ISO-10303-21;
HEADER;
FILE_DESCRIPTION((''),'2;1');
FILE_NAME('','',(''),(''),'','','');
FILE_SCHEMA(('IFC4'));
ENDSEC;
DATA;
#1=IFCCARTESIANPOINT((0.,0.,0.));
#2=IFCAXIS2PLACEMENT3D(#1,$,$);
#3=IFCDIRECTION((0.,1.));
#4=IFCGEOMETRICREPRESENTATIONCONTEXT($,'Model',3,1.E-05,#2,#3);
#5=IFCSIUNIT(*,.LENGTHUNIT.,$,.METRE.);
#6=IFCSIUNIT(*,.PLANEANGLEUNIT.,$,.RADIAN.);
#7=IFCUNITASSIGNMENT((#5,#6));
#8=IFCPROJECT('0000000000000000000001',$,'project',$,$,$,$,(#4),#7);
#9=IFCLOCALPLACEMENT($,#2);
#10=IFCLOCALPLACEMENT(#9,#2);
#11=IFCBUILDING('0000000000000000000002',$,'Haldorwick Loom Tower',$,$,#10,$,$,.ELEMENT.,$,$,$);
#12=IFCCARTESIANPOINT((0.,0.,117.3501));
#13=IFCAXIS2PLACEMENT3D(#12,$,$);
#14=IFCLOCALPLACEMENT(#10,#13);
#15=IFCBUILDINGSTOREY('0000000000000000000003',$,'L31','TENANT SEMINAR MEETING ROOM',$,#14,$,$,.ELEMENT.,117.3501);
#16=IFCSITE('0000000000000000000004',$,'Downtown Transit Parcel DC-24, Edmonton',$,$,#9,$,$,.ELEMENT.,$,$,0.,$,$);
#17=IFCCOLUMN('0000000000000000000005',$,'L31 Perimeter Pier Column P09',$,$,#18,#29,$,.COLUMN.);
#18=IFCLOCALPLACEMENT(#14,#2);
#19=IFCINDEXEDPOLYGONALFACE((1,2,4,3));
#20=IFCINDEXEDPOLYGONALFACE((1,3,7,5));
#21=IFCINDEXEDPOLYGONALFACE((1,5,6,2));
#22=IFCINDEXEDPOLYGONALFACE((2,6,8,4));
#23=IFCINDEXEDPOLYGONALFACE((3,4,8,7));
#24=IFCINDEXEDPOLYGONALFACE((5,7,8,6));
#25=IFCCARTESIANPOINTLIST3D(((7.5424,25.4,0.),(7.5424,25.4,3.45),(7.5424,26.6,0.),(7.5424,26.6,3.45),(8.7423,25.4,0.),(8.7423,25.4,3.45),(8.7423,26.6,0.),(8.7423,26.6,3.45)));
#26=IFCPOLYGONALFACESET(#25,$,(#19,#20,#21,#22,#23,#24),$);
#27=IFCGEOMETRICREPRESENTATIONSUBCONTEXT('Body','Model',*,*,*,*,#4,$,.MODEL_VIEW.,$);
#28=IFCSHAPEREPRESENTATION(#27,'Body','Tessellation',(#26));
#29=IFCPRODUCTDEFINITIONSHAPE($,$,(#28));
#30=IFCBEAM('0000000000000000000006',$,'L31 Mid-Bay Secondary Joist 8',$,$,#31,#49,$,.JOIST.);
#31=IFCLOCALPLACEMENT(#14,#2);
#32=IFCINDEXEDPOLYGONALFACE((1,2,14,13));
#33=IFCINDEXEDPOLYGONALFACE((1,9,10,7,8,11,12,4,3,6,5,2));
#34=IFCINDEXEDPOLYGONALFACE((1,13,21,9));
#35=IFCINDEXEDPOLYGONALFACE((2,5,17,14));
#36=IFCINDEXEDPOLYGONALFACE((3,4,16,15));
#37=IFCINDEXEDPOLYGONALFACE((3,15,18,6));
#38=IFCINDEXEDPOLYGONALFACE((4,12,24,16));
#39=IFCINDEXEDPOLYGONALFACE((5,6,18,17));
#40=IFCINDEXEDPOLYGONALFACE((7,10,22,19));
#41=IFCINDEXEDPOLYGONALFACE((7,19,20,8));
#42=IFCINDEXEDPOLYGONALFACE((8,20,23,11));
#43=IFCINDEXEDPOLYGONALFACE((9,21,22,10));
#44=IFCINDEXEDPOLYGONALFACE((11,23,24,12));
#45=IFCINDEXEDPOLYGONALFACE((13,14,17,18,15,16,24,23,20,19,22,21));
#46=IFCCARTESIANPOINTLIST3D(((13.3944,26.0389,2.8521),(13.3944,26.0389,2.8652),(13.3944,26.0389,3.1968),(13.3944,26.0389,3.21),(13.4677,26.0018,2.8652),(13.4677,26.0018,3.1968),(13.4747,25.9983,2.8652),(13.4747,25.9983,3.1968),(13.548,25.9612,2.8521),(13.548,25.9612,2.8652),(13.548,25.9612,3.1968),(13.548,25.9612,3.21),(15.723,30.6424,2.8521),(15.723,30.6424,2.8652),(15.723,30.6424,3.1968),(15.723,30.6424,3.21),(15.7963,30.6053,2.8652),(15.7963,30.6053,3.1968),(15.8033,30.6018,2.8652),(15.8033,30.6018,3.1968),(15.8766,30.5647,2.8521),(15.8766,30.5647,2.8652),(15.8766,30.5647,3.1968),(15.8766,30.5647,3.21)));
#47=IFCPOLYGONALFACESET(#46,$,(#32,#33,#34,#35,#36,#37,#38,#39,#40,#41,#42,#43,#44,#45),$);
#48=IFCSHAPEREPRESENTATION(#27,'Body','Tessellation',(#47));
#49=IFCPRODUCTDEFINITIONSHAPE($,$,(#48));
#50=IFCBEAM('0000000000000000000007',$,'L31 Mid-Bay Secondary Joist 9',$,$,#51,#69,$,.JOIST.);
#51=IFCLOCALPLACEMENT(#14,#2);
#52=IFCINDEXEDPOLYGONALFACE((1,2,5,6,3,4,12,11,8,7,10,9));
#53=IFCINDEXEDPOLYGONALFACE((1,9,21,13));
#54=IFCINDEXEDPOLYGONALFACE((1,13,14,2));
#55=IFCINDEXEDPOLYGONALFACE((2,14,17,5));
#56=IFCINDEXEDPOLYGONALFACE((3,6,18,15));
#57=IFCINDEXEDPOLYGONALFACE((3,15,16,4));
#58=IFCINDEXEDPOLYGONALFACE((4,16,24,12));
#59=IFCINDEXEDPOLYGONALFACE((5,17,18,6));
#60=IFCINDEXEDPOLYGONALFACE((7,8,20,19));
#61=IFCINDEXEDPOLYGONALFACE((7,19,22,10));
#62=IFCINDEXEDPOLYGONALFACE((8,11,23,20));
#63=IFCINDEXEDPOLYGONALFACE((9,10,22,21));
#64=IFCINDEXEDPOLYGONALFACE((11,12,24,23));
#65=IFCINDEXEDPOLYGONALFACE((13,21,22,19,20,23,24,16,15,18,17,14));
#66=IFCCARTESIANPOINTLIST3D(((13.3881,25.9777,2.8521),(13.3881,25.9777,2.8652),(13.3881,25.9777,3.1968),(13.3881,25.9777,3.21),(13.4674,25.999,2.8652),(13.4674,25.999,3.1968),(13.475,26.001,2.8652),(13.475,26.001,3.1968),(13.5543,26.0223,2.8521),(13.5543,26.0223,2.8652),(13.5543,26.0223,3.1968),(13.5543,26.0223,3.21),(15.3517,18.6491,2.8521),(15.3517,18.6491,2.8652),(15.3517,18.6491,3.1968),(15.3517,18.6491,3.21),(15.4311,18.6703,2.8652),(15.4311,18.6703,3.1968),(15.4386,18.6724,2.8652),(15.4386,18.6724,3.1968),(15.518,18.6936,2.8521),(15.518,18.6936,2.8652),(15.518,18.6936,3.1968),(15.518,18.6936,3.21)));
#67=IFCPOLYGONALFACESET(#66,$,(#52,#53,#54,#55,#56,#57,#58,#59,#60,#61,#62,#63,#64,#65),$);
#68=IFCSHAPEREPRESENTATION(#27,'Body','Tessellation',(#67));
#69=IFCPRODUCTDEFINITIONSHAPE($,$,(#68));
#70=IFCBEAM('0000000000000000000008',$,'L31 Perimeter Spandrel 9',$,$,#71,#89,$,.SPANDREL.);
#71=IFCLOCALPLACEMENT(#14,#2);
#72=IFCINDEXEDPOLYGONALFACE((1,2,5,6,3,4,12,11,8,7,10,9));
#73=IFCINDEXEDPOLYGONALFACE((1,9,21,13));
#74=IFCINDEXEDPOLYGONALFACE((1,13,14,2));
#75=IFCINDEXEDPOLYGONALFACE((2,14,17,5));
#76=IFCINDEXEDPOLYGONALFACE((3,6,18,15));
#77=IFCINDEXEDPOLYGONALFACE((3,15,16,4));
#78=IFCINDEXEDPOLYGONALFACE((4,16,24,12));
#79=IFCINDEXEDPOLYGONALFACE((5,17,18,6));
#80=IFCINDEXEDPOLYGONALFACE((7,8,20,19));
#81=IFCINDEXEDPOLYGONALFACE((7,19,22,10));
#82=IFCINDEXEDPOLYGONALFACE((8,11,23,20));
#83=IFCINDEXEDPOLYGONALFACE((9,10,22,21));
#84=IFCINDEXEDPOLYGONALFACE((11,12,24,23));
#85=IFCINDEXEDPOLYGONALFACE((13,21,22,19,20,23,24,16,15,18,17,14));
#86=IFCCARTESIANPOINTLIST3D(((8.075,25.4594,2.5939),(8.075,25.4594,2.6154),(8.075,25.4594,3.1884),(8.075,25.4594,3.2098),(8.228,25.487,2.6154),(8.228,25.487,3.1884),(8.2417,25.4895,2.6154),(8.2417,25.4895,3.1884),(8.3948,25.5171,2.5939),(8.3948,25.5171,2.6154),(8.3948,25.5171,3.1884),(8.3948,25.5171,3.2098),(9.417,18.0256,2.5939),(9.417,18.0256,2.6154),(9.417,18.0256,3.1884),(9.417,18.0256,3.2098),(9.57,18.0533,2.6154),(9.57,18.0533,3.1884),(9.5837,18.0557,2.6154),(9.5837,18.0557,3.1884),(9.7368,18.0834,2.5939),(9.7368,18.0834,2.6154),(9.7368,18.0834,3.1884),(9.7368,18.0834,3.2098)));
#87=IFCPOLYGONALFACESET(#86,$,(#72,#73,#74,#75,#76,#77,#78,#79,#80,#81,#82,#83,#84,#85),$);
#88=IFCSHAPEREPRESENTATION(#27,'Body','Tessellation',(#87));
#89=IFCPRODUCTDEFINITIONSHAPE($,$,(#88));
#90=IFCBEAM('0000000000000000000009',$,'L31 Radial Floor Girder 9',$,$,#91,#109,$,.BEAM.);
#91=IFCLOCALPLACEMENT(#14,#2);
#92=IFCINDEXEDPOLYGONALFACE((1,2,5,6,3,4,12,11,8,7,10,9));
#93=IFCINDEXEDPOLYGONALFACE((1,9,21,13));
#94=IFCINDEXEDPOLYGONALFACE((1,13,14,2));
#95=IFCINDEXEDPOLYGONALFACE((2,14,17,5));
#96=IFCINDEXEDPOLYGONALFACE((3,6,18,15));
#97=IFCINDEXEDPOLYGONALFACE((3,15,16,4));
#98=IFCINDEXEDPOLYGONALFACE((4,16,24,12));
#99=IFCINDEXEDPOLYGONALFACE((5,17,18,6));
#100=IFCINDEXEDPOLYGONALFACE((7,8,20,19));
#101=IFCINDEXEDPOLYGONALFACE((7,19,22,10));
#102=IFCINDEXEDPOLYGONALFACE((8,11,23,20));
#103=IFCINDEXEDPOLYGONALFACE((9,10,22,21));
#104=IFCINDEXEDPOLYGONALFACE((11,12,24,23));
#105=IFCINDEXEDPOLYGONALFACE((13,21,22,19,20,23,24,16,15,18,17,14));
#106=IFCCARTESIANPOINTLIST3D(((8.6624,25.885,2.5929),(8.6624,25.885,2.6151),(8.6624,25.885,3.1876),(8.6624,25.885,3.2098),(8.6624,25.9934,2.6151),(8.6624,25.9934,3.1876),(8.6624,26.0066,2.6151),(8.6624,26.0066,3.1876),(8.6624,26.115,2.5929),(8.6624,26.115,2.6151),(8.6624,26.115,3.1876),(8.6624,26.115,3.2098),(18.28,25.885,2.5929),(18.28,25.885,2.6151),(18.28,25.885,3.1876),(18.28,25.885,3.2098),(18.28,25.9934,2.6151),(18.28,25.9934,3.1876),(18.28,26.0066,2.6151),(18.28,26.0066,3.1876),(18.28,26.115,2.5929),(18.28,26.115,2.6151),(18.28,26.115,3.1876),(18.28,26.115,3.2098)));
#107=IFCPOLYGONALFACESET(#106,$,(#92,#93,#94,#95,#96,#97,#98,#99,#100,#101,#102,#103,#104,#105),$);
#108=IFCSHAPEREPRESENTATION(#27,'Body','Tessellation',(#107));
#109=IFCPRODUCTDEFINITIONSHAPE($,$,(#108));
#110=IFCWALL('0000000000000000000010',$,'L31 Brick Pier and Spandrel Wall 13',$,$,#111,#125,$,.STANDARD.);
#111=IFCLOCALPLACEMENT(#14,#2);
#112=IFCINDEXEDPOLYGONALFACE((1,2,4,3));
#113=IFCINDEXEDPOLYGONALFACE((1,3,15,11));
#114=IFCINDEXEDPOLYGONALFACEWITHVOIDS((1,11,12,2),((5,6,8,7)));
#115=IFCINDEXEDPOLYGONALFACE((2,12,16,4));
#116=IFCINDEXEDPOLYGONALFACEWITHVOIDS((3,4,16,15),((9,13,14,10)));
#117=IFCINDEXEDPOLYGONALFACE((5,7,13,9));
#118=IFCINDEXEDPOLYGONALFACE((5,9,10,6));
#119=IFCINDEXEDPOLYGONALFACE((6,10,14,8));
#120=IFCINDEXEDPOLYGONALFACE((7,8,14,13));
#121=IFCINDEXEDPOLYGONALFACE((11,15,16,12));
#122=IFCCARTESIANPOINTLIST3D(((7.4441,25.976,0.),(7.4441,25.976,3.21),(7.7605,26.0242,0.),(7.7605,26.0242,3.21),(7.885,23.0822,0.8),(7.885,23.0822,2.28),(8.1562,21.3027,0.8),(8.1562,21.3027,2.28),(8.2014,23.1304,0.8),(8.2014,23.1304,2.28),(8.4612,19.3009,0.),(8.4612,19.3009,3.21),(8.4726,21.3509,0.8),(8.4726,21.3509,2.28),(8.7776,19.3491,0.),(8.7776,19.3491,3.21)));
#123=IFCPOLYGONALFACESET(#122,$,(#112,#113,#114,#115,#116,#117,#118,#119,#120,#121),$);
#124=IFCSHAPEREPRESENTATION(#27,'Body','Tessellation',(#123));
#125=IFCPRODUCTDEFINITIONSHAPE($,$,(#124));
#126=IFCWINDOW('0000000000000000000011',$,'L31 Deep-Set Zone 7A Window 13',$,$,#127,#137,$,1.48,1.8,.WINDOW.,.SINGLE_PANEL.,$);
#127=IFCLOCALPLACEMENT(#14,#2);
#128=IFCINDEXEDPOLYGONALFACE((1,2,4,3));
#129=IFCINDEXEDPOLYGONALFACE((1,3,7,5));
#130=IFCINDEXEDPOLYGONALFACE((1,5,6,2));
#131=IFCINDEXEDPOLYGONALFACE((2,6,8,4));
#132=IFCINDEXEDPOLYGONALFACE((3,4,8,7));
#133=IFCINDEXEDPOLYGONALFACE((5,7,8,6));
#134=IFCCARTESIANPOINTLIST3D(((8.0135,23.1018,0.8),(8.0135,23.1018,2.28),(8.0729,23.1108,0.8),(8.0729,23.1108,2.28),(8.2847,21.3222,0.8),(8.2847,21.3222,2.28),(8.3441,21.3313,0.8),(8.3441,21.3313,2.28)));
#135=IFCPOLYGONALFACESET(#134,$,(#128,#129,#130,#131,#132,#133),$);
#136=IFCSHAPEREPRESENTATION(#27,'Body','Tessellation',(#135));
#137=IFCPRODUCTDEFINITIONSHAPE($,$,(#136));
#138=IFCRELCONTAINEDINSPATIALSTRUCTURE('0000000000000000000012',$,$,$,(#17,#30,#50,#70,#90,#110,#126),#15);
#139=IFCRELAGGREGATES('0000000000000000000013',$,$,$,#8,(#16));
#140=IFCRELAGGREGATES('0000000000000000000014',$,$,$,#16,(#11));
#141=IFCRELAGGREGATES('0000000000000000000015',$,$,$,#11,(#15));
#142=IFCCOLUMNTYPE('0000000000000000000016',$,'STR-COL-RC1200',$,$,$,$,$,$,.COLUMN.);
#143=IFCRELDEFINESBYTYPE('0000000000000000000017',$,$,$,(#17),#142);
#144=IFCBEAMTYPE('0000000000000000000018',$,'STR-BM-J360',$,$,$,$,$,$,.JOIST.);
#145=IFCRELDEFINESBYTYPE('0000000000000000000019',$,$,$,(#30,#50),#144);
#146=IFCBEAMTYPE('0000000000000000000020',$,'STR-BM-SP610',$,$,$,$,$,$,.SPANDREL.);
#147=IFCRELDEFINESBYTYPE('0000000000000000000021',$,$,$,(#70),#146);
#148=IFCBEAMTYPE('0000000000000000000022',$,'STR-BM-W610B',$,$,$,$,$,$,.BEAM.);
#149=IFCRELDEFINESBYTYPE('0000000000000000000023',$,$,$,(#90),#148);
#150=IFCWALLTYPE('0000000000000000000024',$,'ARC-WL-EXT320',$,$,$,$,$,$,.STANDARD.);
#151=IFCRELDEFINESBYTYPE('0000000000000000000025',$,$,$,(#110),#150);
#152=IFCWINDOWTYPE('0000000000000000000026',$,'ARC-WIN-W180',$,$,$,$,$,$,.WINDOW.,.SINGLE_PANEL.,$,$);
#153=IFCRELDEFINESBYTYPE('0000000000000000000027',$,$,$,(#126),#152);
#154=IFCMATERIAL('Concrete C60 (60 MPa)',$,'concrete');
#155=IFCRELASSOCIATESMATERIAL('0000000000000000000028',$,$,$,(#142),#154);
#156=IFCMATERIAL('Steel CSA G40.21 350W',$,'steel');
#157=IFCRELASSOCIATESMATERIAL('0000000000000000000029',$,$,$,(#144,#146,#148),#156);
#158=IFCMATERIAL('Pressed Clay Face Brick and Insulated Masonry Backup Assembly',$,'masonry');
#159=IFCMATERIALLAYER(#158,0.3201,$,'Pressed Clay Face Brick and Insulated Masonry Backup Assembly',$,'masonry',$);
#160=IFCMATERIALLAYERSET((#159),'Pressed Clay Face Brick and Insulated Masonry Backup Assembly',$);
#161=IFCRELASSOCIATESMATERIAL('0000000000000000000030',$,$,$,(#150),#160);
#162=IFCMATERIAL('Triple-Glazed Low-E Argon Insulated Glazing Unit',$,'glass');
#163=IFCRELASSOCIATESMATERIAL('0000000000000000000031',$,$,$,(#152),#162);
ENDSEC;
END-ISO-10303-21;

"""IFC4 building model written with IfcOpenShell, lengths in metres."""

from ifc_helpers import new_model, si_unit, direction, frame, frame_2d, origin, origin_2d, place, context, subcontext, project, spatial, rectangle, i_section, extrude, material, layer, layer_set, material_profile, profile_set, type_object, element, fill, save


model = new_model("IFC4")

# Units and contexts
model_context = context("Model", 3, precision=1e-05, world=origin(), true_north=direction((0.0, 1.0)))
body_context = subcontext(model_context, "Body", "Model", "MODEL_VIEW")
ifc_project = project(units=[si_unit("LENGTHUNIT", "METRE"), si_unit("PLANEANGLEUNIT", "RADIAN")], contexts=[model_context])

# Site, building, storey
site_placement = place(None, origin())
site = spatial("IfcSite", under=ifc_project, at=site_placement, Name="Downtown Transit Parcel DC-24, Edmonton", CompositionType="ELEMENT", RefElevation=0.0)
building_placement = place(site_placement, origin())
building = spatial("IfcBuilding", under=site, at=building_placement, Name="Haldorwick Loom Tower", CompositionType="ELEMENT")
storey_placement = place(building_placement, frame((0.0, 0.0, 117.3501)))
storey = spatial("IfcBuildingStorey", under=building, at=storey_placement, Name="L31", Description="TENANT SEMINAR MEETING ROOM", CompositionType="ELEMENT", Elevation=117.3501)

# Column
ifc_material_1 = material(Name="Concrete C60 (60 MPa)", Category="concrete")
ifc_material_profile_1 = material_profile(ifc_material_1, rectangle(XDim=1.2, YDim=1.2, at=origin_2d()), Name="RC1200X1200", Category="concrete")
ifc_profile_set_1 = profile_set([ifc_material_profile_1], Name="Concrete C60 (60 MPa)")
column_type = type_object("IfcColumnType", Name="STR-COL-RC1200", PredefinedType="COLUMN", material=ifc_profile_set_1)
column_placement = place(storey_placement, frame((8.1423, 26.0, 0.0), z_axis=(0.0, 0.0, 1.0), x_axis=(-1.0, 0.0, 0.0)))
element("IfcColumn", 1, at=column_placement, inside=storey, type_object=column_type, Name="L31 Perimeter Pier Column P09", PredefinedType="COLUMN", context=body_context, shape_type="SweptSolid", body=[
    extrude(rectangle(XDim=1.2, YDim=1.2, at=origin_2d()), origin(), (0.0, 0.0, 1.0), 3.45),
])

# Beams
ifc_material_2 = material(Name="Steel CSA G40.21 350W", Category="steel")
ifc_material_profile_2 = material_profile(ifc_material_2, i_section(OverallWidth=0.1721, OverallDepth=0.3579, WebThickness=0.0078, FlangeThickness=0.0132, at=origin_2d()), Name="W360X57", Category="steel")
ifc_profile_set_2 = profile_set([ifc_material_profile_2], Name="Steel CSA G40.21 350W")
beam_type_1 = type_object("IfcBeamType", Name="STR-BM-J360", PredefinedType="JOIST", material=ifc_profile_set_2)
beam_1_placement = place(storey_placement, frame((15.7998, 30.6035, 3.031), z_axis=(-0.451373, -0.892335, 0.0), x_axis=(0.892335, -0.451373, 0.0)))
element("IfcBeam", 2, at=beam_1_placement, inside=storey, type_object=beam_type_1, Name="L31 Mid-Bay Secondary Joist 8", PredefinedType="JOIST", context=body_context, shape_type="SweptSolid", body=[
    extrude(i_section(OverallWidth=0.1721, OverallDepth=0.3579, WebThickness=0.0078, FlangeThickness=0.0132, at=origin_2d()), origin(), (0.0, 0.0, 1.0), 5.1589),
])
beam_2_placement = place(storey_placement, frame((13.4712, 26.0, 3.031), z_axis=(0.25881, -0.965928, 0.0), x_axis=(0.965928, 0.25881, 0.0)))
element("IfcBeam", 3, at=beam_2_placement, inside=storey, type_object=beam_type_1, Name="L31 Mid-Bay Secondary Joist 9", PredefinedType="JOIST", context=body_context, shape_type="SweptSolid", body=[
    extrude(i_section(OverallWidth=0.1721, OverallDepth=0.3579, WebThickness=0.0078, FlangeThickness=0.0132, at=origin_2d()), origin(), (0.0, 0.0, 1.0), 7.5872),
])
ifc_material_profile_3 = material_profile(ifc_material_2, i_section(OverallWidth=0.325, OverallDepth=0.616, WebThickness=0.0139, FlangeThickness=0.0215, at=origin_2d()), Name="W610X174", Category="steel")
ifc_profile_set_3 = profile_set([ifc_material_profile_3], Name="Steel CSA G40.21 350W")
beam_type_2 = type_object("IfcBeamType", Name="STR-BM-SP610", PredefinedType="SPANDREL", material=ifc_profile_set_3)
beam_3_placement = place(storey_placement, frame((8.2349, 25.4883, 2.9019), z_axis=(0.177659, -0.984092, 0.0), x_axis=(0.984092, 0.177659, 0.0)))
element("IfcBeam", 4, at=beam_3_placement, inside=storey, type_object=beam_type_2, Name="L31 Perimeter Spandrel 9", PredefinedType="SPANDREL", context=body_context, shape_type="SweptSolid", body=[
    extrude(i_section(OverallWidth=0.325, OverallDepth=0.616, WebThickness=0.0139, FlangeThickness=0.0215, at=origin_2d()), origin(), (0.0, 0.0, 1.0), 7.554),
])
ifc_material_profile_4 = material_profile(ifc_material_2, i_section(OverallWidth=0.23, OverallDepth=0.6169, WebThickness=0.0132, FlangeThickness=0.0222, at=origin_2d()), Name="W610X140", Category="steel")
ifc_profile_set_4 = profile_set([ifc_material_profile_4], Name="Steel CSA G40.21 350W")
beam_type_3 = type_object("IfcBeamType", Name="STR-BM-W610B", PredefinedType="BEAM", material=ifc_profile_set_4)
beam_4_placement = place(storey_placement, frame((18.28, 26.0, 2.9014), z_axis=(-1.0, 0.0, 0.0), x_axis=(0.0, -1.0, 0.0)))
element("IfcBeam", 5, at=beam_4_placement, inside=storey, type_object=beam_type_3, Name="L31 Radial Floor Girder 9", PredefinedType="BEAM", context=body_context, shape_type="SweptSolid", body=[
    extrude(i_section(OverallWidth=0.23, OverallDepth=0.6169, WebThickness=0.0132, FlangeThickness=0.0222, at=origin_2d()), origin(), (0.0, 0.0, 1.0), 9.6177),
])

# Wall, opening, window
ifc_material_3 = material(Name="Pressed Clay Face Brick and Insulated Masonry Backup Assembly", Category="masonry")
ifc_layer_1 = layer(ifc_material_3, 0.3201, Name="Pressed Clay Face Brick and Insulated Masonry Backup Assembly", Category="masonry")
ifc_layer_set_1 = layer_set([ifc_layer_1], Name="Pressed Clay Face Brick and Insulated Masonry Backup Assembly")
wall_type_1 = type_object("IfcWallType", Name="ARC-WL-EXT320", PredefinedType="STANDARD", material=ifc_layer_set_1)
wall_1_placement = place(storey_placement, frame((7.6023, 26.0, 0.0), z_axis=(0.0, 0.0, 1.0), x_axis=(0.150633, -0.98859, 0.0)))
wall_1 = element("IfcWall", 6, at=wall_1_placement, inside=storey, type_object=wall_type_1, Name="L31 Brick Pier and Spandrel Wall 13", PredefinedType="STANDARD", context=body_context, shape_type="SweptSolid", body=[
    extrude(rectangle(XDim=6.7522, YDim=0.3201, at=frame_2d((3.376, 0.0))), origin(), (0.0, 0.0, 1.0), 3.21),
])
opening_1_placement = place(wall_1_placement, frame((2.9272, 0.0, 0.8)))
opening_1 = element("IfcOpeningElement", 7, at=opening_1_placement, cuts=wall_1, PredefinedType="OPENING", context=body_context, shape_type="SweptSolid", body=[
    extrude(rectangle(XDim=1.8, YDim=1.48, at=frame_2d((0.8999, 0.74))), frame((0.0, 0.1699, 0.0), z_axis=(0.0, -1.0, 0.0), x_axis=(1.0, 0.0, 0.0)), (0.0, 0.0, 1.0), 0.3401),
])
ifc_material_4 = material(Name="Triple-Glazed Low-E Argon Insulated Glazing Unit", Category="glass")
window_type = type_object("IfcWindowType", Name="ARC-WIN-W180", PartitioningType="SINGLE_PANEL", PredefinedType="WINDOW", material=ifc_material_4)
window_placement = place(opening_1_placement, origin())
window = element("IfcWindow", 8, at=window_placement, inside=storey, type_object=window_type, Name="L31 Deep-Set Zone 7A Window 13", OverallHeight=1.48, OverallWidth=1.8, PartitioningType="SINGLE_PANEL", PredefinedType="WINDOW", context=body_context, shape_type="SweptSolid", body=[
    extrude(rectangle(XDim=1.8, YDim=1.48, at=frame_2d((0.8999, 0.74))), frame((0.0, 0.03, 0.0), z_axis=(0.0, -1.0, 0.0), x_axis=(1.0, 0.0, 0.0)), (0.0, 0.0, 1.0), 0.0601),
])
fill(opening_1, window)

save(model, "model.ifc")
